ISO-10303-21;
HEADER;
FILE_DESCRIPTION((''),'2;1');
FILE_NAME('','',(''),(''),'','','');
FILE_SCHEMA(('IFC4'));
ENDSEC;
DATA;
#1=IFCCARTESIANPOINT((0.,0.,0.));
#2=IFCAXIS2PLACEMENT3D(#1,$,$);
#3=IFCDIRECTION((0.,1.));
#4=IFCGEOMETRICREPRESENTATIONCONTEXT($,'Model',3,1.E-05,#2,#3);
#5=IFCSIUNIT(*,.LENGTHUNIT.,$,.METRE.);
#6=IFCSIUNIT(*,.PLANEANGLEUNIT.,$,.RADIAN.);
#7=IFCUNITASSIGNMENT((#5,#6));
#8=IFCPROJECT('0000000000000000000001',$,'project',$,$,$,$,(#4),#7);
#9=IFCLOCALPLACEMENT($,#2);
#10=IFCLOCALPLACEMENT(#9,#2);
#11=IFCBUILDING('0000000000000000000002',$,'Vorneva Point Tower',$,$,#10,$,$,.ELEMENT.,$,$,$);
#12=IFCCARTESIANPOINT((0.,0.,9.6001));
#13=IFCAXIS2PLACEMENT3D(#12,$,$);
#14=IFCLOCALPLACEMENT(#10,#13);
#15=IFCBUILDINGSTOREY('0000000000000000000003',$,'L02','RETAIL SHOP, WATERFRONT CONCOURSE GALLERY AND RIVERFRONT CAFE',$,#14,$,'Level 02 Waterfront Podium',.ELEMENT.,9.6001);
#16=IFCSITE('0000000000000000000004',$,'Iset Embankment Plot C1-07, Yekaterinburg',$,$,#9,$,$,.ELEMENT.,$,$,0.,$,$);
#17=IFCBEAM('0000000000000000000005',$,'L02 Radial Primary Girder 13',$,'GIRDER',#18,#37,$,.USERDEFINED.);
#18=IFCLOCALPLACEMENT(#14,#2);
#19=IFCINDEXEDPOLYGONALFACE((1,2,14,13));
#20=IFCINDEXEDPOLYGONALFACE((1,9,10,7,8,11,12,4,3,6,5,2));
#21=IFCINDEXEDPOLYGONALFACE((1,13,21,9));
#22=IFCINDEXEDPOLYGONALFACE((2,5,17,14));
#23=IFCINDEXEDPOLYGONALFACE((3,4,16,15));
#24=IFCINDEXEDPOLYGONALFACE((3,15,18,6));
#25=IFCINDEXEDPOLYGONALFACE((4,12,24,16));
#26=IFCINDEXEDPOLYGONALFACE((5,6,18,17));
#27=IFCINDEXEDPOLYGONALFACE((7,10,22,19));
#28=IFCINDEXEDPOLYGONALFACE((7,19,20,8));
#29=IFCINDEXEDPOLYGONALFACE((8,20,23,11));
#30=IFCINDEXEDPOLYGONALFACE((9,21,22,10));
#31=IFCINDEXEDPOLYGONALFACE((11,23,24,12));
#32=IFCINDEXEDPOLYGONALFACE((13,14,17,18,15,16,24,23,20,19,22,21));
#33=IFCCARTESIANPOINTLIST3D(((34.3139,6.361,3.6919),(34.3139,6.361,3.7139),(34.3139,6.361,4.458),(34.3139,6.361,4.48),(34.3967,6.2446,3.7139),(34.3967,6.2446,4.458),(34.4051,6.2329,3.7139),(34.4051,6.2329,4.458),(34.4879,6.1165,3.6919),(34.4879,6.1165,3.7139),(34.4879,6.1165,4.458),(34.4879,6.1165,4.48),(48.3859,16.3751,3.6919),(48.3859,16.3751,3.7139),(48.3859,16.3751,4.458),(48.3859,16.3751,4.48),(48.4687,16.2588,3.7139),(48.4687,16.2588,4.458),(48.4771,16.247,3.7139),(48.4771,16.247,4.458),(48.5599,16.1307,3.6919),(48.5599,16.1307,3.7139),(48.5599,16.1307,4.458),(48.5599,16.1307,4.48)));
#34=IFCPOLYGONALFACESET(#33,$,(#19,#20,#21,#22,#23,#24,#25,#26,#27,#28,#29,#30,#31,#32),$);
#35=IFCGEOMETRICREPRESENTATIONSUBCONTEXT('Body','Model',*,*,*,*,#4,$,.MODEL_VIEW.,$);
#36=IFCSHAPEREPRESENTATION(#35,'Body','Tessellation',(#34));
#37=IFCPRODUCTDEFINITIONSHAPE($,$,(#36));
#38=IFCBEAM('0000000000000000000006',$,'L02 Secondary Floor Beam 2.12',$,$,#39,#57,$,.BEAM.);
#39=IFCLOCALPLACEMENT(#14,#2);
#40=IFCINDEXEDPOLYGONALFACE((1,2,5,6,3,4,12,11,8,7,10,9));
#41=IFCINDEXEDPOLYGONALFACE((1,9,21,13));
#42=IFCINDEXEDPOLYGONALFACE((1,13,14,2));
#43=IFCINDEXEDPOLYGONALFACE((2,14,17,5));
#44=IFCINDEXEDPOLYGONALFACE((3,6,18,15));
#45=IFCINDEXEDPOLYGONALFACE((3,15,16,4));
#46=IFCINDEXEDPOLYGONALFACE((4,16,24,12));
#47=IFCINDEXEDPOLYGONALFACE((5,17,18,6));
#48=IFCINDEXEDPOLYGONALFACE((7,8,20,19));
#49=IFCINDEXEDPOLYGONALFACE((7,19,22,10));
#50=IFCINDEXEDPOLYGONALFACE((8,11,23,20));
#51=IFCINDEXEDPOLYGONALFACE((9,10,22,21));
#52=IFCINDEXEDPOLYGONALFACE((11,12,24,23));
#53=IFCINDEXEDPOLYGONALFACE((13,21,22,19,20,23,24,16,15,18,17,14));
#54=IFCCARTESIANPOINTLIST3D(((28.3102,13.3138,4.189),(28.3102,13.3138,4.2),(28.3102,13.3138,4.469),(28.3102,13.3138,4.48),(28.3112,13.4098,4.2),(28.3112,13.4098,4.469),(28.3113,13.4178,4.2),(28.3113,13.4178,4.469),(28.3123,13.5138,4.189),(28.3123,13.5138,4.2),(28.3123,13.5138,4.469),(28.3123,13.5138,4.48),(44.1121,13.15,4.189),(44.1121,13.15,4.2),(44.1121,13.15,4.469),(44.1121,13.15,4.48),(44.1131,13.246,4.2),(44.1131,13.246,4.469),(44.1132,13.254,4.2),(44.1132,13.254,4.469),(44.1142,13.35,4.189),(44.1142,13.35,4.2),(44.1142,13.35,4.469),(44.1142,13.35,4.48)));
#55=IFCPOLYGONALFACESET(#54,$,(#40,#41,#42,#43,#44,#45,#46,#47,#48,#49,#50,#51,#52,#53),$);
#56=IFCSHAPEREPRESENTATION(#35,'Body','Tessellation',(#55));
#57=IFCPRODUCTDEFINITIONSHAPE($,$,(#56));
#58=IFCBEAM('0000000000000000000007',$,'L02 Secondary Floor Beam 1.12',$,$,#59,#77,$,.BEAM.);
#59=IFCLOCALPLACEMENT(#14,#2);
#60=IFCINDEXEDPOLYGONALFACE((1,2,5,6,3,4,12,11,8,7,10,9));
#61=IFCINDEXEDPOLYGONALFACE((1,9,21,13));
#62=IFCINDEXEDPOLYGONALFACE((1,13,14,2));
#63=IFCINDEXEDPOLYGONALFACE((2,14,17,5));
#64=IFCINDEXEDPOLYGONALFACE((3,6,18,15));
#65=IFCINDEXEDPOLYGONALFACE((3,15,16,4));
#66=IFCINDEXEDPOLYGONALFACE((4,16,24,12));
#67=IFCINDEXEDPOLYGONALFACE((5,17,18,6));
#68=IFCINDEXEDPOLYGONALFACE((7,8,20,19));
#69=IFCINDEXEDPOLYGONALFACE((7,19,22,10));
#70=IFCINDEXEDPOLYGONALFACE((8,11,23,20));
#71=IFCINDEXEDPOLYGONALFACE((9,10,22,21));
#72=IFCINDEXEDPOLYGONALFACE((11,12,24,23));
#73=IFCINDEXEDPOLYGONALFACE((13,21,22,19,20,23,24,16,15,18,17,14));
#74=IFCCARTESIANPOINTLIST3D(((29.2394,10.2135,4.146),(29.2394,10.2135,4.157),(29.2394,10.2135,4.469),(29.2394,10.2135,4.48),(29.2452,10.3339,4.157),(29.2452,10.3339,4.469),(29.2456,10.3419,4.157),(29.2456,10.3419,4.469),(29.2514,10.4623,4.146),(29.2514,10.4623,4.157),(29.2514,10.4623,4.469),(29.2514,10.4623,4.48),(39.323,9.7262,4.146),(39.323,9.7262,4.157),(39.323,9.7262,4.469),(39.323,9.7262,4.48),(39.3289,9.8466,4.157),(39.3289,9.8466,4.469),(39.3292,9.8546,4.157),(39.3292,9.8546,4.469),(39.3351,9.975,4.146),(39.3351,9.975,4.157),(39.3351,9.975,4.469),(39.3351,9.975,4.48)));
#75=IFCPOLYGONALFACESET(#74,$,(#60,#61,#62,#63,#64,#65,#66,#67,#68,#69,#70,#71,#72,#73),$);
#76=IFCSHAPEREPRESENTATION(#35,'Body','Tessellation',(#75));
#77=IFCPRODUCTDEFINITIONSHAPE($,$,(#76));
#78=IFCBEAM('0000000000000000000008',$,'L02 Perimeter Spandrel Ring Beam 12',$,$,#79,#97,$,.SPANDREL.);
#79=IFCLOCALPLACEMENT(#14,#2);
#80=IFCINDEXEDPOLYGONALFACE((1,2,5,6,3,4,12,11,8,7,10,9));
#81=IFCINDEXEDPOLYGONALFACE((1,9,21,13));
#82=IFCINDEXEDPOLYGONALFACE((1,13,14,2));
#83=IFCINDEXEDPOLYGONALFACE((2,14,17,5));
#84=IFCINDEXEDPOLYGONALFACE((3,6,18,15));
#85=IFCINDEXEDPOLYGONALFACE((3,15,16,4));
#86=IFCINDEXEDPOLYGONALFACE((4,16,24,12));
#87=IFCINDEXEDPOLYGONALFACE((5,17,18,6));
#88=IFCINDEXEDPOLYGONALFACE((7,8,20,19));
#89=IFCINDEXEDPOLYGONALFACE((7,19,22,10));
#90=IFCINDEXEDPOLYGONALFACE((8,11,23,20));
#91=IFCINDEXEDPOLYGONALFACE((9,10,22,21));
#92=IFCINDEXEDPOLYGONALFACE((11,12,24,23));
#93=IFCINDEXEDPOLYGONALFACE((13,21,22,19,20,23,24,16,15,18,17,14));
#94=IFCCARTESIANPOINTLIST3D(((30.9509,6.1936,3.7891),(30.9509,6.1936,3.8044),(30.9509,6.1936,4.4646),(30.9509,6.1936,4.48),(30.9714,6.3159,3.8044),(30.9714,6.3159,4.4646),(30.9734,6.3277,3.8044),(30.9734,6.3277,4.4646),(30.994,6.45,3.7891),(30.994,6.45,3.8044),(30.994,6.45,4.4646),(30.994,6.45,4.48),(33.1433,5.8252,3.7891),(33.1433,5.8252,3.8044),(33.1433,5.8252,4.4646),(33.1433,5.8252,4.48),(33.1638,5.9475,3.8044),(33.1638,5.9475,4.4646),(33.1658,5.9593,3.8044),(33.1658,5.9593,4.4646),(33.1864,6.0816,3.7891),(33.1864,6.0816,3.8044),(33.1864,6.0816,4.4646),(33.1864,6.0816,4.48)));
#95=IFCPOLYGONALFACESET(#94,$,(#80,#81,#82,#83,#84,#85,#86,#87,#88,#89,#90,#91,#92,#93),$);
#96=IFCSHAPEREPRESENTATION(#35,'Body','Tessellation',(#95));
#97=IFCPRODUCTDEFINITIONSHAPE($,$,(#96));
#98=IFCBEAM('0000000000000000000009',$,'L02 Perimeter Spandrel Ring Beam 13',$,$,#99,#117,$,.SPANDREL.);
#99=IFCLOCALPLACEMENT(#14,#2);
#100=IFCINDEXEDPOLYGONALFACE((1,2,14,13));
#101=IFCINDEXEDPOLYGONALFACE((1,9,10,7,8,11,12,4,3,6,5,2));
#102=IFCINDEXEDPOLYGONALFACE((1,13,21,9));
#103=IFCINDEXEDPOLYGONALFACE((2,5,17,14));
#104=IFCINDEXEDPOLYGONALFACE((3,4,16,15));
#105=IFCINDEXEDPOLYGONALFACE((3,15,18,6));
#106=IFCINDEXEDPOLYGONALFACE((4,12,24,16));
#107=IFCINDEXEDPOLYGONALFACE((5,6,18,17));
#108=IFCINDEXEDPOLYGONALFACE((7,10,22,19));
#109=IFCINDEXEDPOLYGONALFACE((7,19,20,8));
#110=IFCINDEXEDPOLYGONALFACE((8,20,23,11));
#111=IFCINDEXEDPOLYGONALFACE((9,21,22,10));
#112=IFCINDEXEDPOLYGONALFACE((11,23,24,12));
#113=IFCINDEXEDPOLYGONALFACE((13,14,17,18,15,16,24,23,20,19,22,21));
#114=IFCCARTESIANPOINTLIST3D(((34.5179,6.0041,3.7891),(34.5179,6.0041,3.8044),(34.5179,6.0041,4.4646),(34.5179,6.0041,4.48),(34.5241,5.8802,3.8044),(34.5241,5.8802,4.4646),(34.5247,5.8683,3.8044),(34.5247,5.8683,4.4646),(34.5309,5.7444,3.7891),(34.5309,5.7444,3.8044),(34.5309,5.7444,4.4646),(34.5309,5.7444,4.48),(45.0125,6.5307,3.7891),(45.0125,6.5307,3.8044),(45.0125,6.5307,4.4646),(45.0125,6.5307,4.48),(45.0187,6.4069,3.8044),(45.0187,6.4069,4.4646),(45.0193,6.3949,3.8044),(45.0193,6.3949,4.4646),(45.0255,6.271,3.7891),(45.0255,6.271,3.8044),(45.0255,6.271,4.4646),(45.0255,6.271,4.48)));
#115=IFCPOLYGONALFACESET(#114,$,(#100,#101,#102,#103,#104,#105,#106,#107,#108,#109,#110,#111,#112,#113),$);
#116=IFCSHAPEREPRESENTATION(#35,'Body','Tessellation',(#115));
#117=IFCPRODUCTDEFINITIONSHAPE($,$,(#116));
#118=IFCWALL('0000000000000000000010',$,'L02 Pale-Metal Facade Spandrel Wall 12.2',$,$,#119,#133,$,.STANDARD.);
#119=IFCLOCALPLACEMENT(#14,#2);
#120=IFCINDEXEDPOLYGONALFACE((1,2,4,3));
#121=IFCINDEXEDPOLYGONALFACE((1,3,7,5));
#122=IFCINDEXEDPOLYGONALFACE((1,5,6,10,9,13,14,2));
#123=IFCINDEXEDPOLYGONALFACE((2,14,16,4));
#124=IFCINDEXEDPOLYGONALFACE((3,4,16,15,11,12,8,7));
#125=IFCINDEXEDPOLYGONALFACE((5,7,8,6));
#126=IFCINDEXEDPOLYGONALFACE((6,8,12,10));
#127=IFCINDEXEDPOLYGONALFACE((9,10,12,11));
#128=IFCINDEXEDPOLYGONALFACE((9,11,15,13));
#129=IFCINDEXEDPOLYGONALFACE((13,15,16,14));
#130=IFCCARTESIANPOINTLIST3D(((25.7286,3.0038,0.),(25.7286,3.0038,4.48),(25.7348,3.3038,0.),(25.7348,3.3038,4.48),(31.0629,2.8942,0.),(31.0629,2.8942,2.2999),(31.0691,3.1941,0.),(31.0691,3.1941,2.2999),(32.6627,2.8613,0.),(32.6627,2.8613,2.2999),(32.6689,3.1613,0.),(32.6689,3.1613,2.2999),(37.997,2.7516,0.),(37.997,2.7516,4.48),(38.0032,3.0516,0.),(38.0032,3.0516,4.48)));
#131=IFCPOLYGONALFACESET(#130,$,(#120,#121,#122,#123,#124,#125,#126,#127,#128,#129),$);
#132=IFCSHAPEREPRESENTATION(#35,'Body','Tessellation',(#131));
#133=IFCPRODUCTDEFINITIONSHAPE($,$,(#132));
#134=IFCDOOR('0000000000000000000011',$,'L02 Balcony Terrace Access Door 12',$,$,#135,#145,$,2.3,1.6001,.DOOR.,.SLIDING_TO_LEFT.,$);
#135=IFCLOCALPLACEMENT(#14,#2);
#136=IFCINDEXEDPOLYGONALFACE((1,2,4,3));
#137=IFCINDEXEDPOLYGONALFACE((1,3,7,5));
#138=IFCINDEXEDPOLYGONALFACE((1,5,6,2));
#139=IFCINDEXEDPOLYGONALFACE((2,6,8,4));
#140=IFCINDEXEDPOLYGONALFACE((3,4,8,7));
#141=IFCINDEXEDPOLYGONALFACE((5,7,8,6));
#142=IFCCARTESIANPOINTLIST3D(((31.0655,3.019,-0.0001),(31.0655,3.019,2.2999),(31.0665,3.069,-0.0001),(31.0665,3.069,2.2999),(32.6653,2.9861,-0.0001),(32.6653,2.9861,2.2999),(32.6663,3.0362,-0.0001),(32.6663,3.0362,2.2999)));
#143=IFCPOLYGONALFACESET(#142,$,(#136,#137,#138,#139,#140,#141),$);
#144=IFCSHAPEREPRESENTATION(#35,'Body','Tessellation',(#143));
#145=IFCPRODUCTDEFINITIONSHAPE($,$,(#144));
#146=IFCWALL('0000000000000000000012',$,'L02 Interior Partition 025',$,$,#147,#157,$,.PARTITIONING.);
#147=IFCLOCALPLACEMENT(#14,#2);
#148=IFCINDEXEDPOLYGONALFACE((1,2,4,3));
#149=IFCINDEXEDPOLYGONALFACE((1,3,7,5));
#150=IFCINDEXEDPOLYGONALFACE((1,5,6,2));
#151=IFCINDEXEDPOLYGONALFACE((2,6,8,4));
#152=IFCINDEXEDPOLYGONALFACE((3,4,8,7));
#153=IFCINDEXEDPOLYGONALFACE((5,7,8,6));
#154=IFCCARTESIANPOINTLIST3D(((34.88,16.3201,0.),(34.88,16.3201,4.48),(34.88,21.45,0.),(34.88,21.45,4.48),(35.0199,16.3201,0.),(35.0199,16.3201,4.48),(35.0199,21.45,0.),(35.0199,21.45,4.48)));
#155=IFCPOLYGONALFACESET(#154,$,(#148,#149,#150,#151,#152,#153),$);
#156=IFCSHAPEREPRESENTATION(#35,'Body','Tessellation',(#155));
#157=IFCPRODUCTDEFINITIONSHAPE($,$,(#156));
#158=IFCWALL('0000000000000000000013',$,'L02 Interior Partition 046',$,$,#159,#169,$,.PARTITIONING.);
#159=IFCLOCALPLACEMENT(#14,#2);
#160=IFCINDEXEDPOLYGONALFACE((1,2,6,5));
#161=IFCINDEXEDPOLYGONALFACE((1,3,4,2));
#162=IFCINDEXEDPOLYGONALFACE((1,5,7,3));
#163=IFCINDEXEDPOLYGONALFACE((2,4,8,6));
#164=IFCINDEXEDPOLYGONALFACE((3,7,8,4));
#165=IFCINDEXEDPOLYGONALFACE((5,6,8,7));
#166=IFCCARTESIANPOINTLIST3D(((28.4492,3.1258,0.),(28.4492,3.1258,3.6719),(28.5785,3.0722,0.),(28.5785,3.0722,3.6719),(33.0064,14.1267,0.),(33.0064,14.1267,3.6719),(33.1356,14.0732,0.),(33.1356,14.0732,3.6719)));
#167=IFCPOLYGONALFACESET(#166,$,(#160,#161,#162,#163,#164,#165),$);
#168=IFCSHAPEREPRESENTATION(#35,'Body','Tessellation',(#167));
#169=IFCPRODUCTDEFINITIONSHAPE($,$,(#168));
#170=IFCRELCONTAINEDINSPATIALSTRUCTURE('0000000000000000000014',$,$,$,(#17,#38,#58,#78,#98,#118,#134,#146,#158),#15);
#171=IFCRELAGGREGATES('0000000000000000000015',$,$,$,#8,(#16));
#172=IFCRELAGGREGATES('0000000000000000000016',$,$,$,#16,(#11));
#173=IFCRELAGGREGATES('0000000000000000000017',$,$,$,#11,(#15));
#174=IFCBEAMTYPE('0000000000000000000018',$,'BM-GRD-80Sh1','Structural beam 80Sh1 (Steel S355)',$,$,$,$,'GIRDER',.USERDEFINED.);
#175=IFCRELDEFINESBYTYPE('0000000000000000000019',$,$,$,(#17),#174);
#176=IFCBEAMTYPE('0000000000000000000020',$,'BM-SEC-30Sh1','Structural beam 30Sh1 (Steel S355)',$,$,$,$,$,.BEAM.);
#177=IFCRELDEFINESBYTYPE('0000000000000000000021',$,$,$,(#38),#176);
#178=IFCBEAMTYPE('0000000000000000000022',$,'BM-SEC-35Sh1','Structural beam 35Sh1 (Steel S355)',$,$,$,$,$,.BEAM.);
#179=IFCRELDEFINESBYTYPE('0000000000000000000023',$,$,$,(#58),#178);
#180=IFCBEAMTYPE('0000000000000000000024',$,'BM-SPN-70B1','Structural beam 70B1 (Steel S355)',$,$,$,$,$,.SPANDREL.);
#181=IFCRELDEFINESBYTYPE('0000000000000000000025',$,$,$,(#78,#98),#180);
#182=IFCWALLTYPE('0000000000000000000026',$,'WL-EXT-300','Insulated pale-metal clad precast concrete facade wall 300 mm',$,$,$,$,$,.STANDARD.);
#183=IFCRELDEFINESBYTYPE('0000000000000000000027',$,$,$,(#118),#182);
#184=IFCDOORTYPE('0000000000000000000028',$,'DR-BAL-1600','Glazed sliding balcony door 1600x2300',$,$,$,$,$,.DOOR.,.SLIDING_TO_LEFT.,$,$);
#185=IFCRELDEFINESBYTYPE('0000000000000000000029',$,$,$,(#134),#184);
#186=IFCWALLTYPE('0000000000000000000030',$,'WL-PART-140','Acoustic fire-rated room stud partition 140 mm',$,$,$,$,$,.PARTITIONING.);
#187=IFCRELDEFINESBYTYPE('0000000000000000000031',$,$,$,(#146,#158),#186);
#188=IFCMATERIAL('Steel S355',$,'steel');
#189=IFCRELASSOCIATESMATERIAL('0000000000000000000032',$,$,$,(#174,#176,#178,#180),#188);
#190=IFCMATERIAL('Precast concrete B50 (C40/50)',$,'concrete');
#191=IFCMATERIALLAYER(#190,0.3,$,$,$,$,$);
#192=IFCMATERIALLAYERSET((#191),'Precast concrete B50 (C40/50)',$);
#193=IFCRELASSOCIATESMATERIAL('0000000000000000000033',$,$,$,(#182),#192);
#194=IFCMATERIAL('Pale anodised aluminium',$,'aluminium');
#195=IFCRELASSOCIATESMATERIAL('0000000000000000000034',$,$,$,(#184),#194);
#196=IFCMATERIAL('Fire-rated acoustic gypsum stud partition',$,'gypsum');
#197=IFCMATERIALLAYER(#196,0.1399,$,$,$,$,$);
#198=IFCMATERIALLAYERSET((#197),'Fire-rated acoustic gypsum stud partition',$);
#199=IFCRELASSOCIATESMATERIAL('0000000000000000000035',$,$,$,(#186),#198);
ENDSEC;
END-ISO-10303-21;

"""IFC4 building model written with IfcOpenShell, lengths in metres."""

from ifc_helpers import new_model, si_unit, direction, frame, frame_2d, origin, origin_2d, place, context, subcontext, project, spatial, rectangle, i_section, extrude, material, layer, layer_set, material_profile, profile_set, type_object, element, fill, save


model = new_model("IFC4")

# Units and contexts
model_context = context("Model", 3, precision=1e-05, world=origin(), true_north=direction((0.0, 1.0)))
body_context = subcontext(model_context, "Body", "Model", "MODEL_VIEW")
ifc_project = project(units=[si_unit("LENGTHUNIT", "METRE"), si_unit("PLANEANGLEUNIT", "RADIAN")], contexts=[model_context])

# Site, building, storey
site_placement = place(None, origin())
site = spatial("IfcSite", under=ifc_project, at=site_placement, Name="Iset Embankment Plot C1-07, Yekaterinburg", CompositionType="ELEMENT", RefElevation=0.0)
building_placement = place(site_placement, origin())
building = spatial("IfcBuilding", under=site, at=building_placement, Name="Vorneva Point Tower", CompositionType="ELEMENT")
storey_placement = place(building_placement, frame((0.0, 0.0, 9.6001)))
storey = spatial("IfcBuildingStorey", under=building, at=storey_placement, Name="L02", Description="RETAIL SHOP, WATERFRONT CONCOURSE GALLERY AND RIVERFRONT CAFE", LongName="Level 02 Waterfront Podium", CompositionType="ELEMENT", Elevation=9.6001)

# Beams
ifc_material_1 = material(Name="Steel S355", Category="steel")
ifc_material_profile_1 = material_profile(ifc_material_1, i_section(OverallWidth=0.3, OverallDepth=0.7881, WebThickness=0.0144, FlangeThickness=0.022, at=origin_2d()), Name="80Sh1")
ifc_profile_set_1 = profile_set([ifc_material_profile_1], Name="Steel S355")
beam_type_1 = type_object("IfcBeamType", Name="BM-GRD-80Sh1", Description="Structural beam 80Sh1 (Steel S355)", ElementType="GIRDER", PredefinedType="USERDEFINED", material=ifc_profile_set_1)
beam_1_placement = place(storey_placement, frame((34.4009, 6.2388, 4.0859), z_axis=(0.814753, 0.579808, 0.0), x_axis=(-0.579808, 0.814753, 0.0)))
element("IfcBeam", 1, at=beam_1_placement, inside=storey, type_object=beam_type_1, Name="L02 Radial Primary Girder 13", ObjectType="GIRDER", PredefinedType="USERDEFINED", context=body_context, shape_type="SweptSolid", body=[
    extrude(i_section(OverallWidth=0.3, OverallDepth=0.7881, WebThickness=0.0144, FlangeThickness=0.022, at=origin_2d()), origin(), (0.0, 0.0, 1.0), 17.2715),
])
ifc_material_profile_2 = material_profile(ifc_material_1, i_section(OverallWidth=0.2, OverallDepth=0.291, WebThickness=0.0081, FlangeThickness=0.011, at=origin_2d()), Name="30Sh1")
ifc_profile_set_2 = profile_set([ifc_material_profile_2], Name="Steel S355")
beam_type_2 = type_object("IfcBeamType", Name="BM-SEC-30Sh1", Description="Structural beam 30Sh1 (Steel S355)", PredefinedType="BEAM", material=ifc_profile_set_2)
beam_2_placement = place(storey_placement, frame((28.3113, 13.4138, 4.3345), z_axis=(0.999946, -0.010366, 0.0), x_axis=(0.010366, 0.999946, 0.0)))
element("IfcBeam", 2, at=beam_2_placement, inside=storey, type_object=beam_type_2, Name="L02 Secondary Floor Beam 2.12", PredefinedType="BEAM", context=body_context, shape_type="SweptSolid", body=[
    extrude(i_section(OverallWidth=0.2, OverallDepth=0.291, WebThickness=0.0081, FlangeThickness=0.011, at=origin_2d()), origin(), (0.0, 0.0, 1.0), 15.8027),
])
ifc_material_profile_3 = material_profile(ifc_material_1, i_section(OverallWidth=0.249, OverallDepth=0.334, WebThickness=0.0081, FlangeThickness=0.011, at=origin_2d()), Name="35Sh1")
ifc_profile_set_3 = profile_set([ifc_material_profile_3], Name="Steel S355")
beam_type_3 = type_object("IfcBeamType", Name="BM-SEC-35Sh1", Description="Structural beam 35Sh1 (Steel S355)", PredefinedType="BEAM", material=ifc_profile_set_3)
beam_3_placement = place(storey_placement, frame((29.2454, 10.3379, 4.313), z_axis=(0.998834, -0.048269, 0.0), x_axis=(0.048269, 0.998834, 0.0)))
element("IfcBeam", 3, at=beam_3_placement, inside=storey, type_object=beam_type_3, Name="L02 Secondary Floor Beam 1.12", PredefinedType="BEAM", context=body_context, shape_type="SweptSolid", body=[
    extrude(i_section(OverallWidth=0.249, OverallDepth=0.334, WebThickness=0.0081, FlangeThickness=0.011, at=origin_2d()), origin(), (0.0, 0.0, 1.0), 10.0955),
])
ifc_material_profile_4 = material_profile(ifc_material_1, i_section(OverallWidth=0.26, OverallDepth=0.6909, WebThickness=0.012, FlangeThickness=0.0154, at=origin_2d()), Name="70B1")
ifc_profile_set_4 = profile_set([ifc_material_profile_4], Name="Steel S355")
beam_type_4 = type_object("IfcBeamType", Name="BM-SPN-70B1", Description="Structural beam 70B1 (Steel S355)", PredefinedType="SPANDREL", material=ifc_profile_set_4)
beam_4_placement = place(storey_placement, frame((30.9724, 6.3218, 4.1345), z_axis=(0.986173, -0.165717, 0.0), x_axis=(0.165717, 0.986173, 0.0)))
element("IfcBeam", 4, at=beam_4_placement, inside=storey, type_object=beam_type_4, Name="L02 Perimeter Spandrel Ring Beam 12", PredefinedType="SPANDREL", context=body_context, shape_type="SweptSolid", body=[
    extrude(i_section(OverallWidth=0.26, OverallDepth=0.6909, WebThickness=0.012, FlangeThickness=0.0154, at=origin_2d()), origin(), (0.0, 0.0, 1.0), 2.2231),
])
beam_5_placement = place(storey_placement, frame((34.5244, 5.8743, 4.1345), z_axis=(0.998743, 0.050116, 0.0), x_axis=(-0.050116, 0.998743, 0.0)))
element("IfcBeam", 5, at=beam_5_placement, inside=storey, type_object=beam_type_4, Name="L02 Perimeter Spandrel Ring Beam 13", PredefinedType="SPANDREL", context=body_context, shape_type="SweptSolid", body=[
    extrude(i_section(OverallWidth=0.26, OverallDepth=0.6909, WebThickness=0.012, FlangeThickness=0.0154, at=origin_2d()), origin(), (0.0, 0.0, 1.0), 10.5078),
])

# Wall, opening, door
ifc_material_2 = material(Name="Precast concrete B50 (C40/50)", Category="concrete")
ifc_layer_1 = layer(ifc_material_2, 0.3)
ifc_layer_set_1 = layer_set([ifc_layer_1], Name="Precast concrete B50 (C40/50)")
wall_type_1 = type_object("IfcWallType", Name="WL-EXT-300", Description="Insulated pale-metal clad precast concrete facade wall 300 mm", PredefinedType="STANDARD", material=ifc_layer_set_1)
wall_1_placement = place(storey_placement, frame((25.7317, 3.1538, 0.0), z_axis=(0.0, 0.0, 1.0), x_axis=(0.999789, -0.020552, 0.0)))
wall_1 = element("IfcWall", 6, at=wall_1_placement, inside=storey, type_object=wall_type_1, Name="L02 Pale-Metal Facade Spandrel Wall 12.2", PredefinedType="STANDARD", context=body_context, shape_type="SweptSolid", body=[
    extrude(rectangle(XDim=12.271, YDim=0.3, at=frame_2d((6.1355, 0.0))), origin(), (0.0, 0.0, 1.0), 4.48),
])
opening_1_placement = place(wall_1_placement, frame((5.3354, 0.0, 0.0)))
opening_1 = element("IfcOpeningElement", 7, at=opening_1_placement, cuts=wall_1, PredefinedType="OPENING", context=body_context, shape_type="SweptSolid", body=[
    extrude(rectangle(XDim=1.6001, YDim=2.3, at=frame_2d((0.8, 1.1499))), frame((0.0, 0.165, 0.0), z_axis=(0.0, -1.0, 0.0), x_axis=(1.0, 0.0, 0.0)), (0.0, 0.0, 1.0), 0.3298),
])
ifc_material_3 = material(Name="Pale anodised aluminium", Category="aluminium")
door_type_1 = type_object("IfcDoorType", Name="DR-BAL-1600", Description="Glazed sliding balcony door 1600x2300", OperationType="SLIDING_TO_LEFT", PredefinedType="DOOR", material=ifc_material_3)
door_1_placement = place(opening_1_placement, origin())
door_1 = element("IfcDoor", 8, at=door_1_placement, inside=storey, type_object=door_type_1, Name="L02 Balcony Terrace Access Door 12", OperationType="SLIDING_TO_LEFT", OverallHeight=2.3, OverallWidth=1.6001, PredefinedType="DOOR", context=body_context, shape_type="SweptSolid", body=[
    extrude(rectangle(XDim=1.6001, YDim=2.3, at=frame_2d((0.8, 1.1499))), frame((0.0, 0.0249, 0.0), z_axis=(0.0, -1.0, 0.0), x_axis=(1.0, 0.0, 0.0)), (0.0, 0.0, 1.0), 0.05),
])
fill(opening_1, door_1)

# Walls
ifc_material_4 = material(Name="Fire-rated acoustic gypsum stud partition", Category="gypsum")
ifc_layer_2 = layer(ifc_material_4, 0.1399)
ifc_layer_set_2 = layer_set([ifc_layer_2], Name="Fire-rated acoustic gypsum stud partition")
wall_type_2 = type_object("IfcWallType", Name="WL-PART-140", Description="Acoustic fire-rated room stud partition 140 mm", PredefinedType="PARTITIONING", material=ifc_layer_set_2)
wall_2_placement = place(storey_placement, frame((34.95, 16.3201, 0.0), z_axis=(0.0, 0.0, 1.0), x_axis=(0.0, 1.0, 0.0)))
element("IfcWall", 9, at=wall_2_placement, inside=storey, type_object=wall_type_2, Name="L02 Interior Partition 025", PredefinedType="PARTITIONING", context=body_context, shape_type="SweptSolid", body=[
    extrude(rectangle(XDim=5.1299, YDim=0.1399, at=frame_2d((2.5649, 0.0))), origin(), (0.0, 0.0, 1.0), 4.48),
])
wall_3_placement = place(storey_placement, frame((28.5139, 3.0991, 0.0), z_axis=(0.0, 0.0, 1.0), x_axis=(0.38271, 0.923868, 0.0)))
element("IfcWall", 10, at=wall_3_placement, inside=storey, type_object=wall_type_2, Name="L02 Interior Partition 046", PredefinedType="PARTITIONING", context=body_context, shape_type="SweptSolid", body=[
    extrude(rectangle(XDim=11.9075, YDim=0.1399, at=frame_2d((5.9536, 0.0))), origin(), (0.0, 0.0, 1.0), 3.6719),
])

save(model, "model.ifc")
